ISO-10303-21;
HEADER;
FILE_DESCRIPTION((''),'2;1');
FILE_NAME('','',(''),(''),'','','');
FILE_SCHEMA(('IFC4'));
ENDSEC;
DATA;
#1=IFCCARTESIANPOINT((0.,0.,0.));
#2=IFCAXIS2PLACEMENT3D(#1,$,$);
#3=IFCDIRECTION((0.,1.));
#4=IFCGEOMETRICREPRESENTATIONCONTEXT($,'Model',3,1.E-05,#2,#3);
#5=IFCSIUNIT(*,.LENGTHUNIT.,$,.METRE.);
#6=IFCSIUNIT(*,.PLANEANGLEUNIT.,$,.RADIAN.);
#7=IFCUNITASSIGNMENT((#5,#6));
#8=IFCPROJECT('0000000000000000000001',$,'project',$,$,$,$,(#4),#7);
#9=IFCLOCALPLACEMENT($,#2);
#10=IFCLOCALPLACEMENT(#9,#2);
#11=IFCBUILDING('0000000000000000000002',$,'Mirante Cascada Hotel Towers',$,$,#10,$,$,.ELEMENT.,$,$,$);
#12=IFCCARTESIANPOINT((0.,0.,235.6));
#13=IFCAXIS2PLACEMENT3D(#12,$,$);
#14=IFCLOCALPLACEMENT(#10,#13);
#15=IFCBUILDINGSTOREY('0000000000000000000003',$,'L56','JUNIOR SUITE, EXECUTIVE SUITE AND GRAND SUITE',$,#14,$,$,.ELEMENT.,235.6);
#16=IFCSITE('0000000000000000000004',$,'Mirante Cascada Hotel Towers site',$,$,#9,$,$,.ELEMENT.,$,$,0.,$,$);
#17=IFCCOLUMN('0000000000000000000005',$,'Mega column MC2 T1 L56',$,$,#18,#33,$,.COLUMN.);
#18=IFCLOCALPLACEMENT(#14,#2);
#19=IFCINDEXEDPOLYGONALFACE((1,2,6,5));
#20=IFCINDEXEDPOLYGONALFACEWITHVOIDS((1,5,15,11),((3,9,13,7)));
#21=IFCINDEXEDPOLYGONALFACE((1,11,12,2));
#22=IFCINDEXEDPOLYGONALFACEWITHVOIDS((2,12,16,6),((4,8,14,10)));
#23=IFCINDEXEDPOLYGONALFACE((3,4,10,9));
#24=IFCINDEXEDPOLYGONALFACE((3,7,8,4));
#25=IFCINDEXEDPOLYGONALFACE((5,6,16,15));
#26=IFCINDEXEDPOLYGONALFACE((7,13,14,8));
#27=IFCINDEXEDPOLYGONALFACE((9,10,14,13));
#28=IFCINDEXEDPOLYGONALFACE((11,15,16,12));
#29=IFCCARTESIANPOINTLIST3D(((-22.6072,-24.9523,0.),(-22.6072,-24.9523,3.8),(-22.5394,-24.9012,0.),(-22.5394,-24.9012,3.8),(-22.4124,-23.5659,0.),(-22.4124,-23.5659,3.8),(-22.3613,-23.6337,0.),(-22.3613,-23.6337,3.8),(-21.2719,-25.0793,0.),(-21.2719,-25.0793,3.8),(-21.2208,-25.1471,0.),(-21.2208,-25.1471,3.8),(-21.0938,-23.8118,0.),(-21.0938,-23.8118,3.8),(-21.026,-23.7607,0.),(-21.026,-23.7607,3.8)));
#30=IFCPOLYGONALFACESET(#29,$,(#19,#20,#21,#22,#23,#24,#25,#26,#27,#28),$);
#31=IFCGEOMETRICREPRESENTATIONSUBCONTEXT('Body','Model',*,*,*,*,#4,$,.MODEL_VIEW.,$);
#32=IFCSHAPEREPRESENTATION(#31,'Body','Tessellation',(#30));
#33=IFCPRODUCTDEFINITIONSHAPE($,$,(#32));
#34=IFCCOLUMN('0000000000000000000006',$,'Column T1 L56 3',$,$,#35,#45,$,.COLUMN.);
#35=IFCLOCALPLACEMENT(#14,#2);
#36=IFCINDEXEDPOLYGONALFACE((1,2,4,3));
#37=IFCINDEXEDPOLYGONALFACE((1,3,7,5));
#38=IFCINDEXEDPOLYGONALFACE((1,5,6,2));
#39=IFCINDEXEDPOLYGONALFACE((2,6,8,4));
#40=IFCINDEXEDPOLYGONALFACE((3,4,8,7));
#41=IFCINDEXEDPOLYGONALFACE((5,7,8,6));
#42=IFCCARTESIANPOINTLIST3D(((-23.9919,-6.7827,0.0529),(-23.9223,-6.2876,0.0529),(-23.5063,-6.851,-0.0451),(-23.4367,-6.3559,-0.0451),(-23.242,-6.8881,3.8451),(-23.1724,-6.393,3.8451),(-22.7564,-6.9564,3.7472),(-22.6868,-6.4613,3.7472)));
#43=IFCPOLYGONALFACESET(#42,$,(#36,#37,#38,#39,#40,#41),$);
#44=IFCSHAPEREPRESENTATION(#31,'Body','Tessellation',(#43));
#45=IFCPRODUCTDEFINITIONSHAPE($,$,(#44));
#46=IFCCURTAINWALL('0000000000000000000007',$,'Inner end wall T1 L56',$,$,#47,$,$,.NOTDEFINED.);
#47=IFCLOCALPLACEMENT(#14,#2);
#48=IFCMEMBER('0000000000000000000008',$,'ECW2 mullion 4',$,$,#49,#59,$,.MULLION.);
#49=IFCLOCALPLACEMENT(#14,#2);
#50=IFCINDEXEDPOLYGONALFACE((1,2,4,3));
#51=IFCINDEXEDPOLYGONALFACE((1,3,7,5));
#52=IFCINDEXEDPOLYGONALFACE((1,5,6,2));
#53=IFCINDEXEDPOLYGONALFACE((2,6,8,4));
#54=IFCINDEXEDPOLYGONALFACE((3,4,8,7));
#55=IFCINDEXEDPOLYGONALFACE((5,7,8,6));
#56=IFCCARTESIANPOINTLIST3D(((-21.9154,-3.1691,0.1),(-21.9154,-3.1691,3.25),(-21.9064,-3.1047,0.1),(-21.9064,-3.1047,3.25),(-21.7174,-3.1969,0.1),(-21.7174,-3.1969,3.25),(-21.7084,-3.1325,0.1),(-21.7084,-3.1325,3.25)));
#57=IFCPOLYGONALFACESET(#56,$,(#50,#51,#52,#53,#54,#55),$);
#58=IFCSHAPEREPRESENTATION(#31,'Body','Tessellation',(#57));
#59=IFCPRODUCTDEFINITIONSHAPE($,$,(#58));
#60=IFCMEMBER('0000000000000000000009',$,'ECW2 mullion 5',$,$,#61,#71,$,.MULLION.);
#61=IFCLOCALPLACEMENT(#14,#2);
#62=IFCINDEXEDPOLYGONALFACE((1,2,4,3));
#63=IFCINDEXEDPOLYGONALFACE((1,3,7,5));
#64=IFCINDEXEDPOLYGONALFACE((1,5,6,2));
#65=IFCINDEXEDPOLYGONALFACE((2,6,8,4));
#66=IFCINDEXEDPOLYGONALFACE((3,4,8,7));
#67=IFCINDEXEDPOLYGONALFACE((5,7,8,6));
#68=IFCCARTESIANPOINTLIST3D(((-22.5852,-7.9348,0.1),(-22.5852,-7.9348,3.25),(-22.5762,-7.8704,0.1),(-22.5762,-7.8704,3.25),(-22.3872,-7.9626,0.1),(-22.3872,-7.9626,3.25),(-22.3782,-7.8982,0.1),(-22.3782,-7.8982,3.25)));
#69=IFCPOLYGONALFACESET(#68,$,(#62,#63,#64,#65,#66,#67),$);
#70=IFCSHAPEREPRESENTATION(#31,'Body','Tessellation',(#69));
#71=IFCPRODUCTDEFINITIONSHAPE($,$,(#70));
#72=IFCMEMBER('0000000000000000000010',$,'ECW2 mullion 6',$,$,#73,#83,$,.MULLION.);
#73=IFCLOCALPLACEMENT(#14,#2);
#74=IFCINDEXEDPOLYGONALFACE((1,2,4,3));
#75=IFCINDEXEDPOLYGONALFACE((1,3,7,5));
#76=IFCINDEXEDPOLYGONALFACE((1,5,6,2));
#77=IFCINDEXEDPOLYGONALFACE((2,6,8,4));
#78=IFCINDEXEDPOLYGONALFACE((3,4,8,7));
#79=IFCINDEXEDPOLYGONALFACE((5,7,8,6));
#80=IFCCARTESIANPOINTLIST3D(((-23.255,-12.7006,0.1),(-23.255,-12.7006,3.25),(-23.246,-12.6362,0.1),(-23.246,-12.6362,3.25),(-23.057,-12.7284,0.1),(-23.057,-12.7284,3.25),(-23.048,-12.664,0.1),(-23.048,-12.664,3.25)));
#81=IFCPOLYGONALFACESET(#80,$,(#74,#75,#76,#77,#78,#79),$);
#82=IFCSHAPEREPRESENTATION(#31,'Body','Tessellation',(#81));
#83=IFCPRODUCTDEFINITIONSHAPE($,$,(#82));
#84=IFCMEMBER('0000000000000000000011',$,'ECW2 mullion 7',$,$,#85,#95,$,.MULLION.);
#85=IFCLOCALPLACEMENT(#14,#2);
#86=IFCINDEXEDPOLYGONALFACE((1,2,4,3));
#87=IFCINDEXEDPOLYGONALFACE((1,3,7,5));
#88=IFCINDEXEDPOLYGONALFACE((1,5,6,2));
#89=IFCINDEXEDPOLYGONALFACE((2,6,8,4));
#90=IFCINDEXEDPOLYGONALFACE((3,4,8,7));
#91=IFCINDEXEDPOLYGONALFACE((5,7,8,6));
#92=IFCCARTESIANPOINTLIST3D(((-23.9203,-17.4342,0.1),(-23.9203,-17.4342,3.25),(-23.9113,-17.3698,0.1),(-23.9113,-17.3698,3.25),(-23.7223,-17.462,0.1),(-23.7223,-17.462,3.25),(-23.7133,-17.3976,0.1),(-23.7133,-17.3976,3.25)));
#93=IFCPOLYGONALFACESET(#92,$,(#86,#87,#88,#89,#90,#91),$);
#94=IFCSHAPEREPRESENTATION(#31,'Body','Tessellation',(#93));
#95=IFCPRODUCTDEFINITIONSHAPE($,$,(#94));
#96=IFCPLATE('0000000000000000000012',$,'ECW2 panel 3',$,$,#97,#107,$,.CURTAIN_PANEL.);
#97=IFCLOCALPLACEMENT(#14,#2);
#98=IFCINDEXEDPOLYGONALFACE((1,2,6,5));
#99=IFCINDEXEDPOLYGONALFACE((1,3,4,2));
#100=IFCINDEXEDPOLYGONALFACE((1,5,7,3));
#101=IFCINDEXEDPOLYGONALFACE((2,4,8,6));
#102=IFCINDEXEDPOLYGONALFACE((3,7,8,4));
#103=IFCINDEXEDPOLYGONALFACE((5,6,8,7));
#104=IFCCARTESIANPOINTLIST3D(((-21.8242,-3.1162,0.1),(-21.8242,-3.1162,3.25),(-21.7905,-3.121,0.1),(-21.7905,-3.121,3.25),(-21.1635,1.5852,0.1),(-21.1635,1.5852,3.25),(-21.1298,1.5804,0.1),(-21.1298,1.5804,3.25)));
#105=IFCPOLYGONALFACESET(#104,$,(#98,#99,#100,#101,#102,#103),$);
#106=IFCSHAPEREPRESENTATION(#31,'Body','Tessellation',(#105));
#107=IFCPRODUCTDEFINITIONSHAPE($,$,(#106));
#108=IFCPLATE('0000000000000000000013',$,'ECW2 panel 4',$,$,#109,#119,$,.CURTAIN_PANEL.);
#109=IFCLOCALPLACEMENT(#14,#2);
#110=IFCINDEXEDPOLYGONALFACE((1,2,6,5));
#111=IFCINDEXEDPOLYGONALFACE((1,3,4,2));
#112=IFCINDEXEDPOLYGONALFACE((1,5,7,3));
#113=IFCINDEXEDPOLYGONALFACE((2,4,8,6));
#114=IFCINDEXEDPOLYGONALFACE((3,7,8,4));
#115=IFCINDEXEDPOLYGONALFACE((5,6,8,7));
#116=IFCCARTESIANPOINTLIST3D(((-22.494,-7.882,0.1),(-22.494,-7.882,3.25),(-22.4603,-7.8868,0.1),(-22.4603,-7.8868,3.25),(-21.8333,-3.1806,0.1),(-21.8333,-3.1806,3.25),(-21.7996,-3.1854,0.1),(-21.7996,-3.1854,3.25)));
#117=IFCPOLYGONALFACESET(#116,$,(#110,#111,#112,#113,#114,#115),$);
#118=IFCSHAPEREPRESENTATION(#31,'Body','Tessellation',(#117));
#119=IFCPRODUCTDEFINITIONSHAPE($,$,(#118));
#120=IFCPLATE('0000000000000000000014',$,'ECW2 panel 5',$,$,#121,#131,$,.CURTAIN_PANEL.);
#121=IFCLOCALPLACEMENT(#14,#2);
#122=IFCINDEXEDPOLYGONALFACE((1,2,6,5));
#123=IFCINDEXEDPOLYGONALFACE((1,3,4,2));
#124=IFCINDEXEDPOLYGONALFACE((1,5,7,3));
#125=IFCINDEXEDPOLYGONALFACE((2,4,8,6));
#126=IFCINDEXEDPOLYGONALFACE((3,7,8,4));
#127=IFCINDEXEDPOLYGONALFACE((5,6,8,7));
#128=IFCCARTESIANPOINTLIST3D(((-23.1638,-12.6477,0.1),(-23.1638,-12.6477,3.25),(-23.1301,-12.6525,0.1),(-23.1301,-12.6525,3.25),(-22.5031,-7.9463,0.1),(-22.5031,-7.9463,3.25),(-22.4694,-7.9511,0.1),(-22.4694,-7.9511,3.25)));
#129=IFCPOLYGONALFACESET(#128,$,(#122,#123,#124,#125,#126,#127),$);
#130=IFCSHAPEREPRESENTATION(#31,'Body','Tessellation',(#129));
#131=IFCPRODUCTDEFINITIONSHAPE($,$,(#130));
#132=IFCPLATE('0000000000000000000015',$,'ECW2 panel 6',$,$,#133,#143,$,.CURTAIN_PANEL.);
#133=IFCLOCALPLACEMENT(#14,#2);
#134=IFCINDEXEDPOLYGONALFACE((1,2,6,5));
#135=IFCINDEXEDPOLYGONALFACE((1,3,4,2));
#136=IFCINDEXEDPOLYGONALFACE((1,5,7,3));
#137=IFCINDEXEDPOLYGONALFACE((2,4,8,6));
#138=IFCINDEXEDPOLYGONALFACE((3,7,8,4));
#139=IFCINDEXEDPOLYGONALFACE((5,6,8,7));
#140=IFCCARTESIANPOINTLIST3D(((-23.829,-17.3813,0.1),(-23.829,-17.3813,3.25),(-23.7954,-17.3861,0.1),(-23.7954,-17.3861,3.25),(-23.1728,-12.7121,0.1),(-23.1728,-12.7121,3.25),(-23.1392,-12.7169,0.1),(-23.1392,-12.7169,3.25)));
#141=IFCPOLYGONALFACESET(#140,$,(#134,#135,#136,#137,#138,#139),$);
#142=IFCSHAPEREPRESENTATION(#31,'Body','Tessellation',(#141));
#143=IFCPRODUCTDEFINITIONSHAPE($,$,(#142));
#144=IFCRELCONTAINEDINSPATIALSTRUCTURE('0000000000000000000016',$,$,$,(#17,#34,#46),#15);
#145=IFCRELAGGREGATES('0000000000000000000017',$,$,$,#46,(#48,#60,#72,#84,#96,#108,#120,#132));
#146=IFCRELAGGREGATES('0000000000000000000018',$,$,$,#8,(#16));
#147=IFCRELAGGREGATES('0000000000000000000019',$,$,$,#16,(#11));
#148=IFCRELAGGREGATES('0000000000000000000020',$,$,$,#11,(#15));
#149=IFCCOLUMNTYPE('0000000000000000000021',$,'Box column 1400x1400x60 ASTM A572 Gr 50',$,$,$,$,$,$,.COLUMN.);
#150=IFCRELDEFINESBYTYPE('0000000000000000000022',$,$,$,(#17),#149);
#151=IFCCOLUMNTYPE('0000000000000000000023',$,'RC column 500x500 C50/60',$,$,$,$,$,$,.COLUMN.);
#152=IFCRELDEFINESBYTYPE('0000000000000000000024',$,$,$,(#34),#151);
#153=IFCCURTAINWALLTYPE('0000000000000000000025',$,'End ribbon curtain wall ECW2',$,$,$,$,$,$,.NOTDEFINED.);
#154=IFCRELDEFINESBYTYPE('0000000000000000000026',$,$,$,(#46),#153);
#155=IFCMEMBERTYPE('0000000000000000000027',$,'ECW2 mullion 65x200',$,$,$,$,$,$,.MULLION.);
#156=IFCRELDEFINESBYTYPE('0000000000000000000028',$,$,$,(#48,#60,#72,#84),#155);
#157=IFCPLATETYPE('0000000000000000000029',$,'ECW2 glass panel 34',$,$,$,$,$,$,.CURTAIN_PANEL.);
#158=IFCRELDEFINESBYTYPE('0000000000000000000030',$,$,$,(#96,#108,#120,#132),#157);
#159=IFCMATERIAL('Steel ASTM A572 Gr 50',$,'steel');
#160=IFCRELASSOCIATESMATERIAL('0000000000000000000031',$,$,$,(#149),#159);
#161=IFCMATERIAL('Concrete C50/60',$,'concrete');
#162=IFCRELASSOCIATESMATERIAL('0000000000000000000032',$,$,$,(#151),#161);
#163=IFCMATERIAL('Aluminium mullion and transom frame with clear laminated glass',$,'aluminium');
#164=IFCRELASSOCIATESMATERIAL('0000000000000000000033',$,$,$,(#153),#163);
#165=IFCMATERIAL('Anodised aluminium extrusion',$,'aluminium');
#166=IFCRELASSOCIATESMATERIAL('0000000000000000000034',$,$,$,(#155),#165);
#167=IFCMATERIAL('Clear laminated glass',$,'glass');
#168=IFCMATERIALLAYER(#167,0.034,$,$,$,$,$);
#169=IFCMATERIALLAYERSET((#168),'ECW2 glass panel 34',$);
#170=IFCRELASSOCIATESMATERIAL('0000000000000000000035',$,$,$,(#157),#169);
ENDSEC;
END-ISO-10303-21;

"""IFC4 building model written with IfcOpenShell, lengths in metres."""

from ifc_helpers import new_model, si_unit, direction, frame, origin, origin_2d, place, context, subcontext, project, spatial, rectangle, hollow_rectangle, extrude, material, layer, layer_set, material_profile, profile_set, type_object, element, aggregate, save


model = new_model("IFC4")

# Units and contexts
model_context = context("Model", 3, precision=1e-05, world=origin(), true_north=direction((0.0, 1.0)))
body_context = subcontext(model_context, "Body", "Model", "MODEL_VIEW")
ifc_project = project(units=[si_unit("LENGTHUNIT", "METRE"), si_unit("PLANEANGLEUNIT", "RADIAN")], contexts=[model_context])

# Site, building, storey
site_placement = place(None, origin())
site = spatial("IfcSite", under=ifc_project, at=site_placement, Name="Mirante Cascada Hotel Towers site", CompositionType="ELEMENT", RefElevation=0.0)
building_placement = place(site_placement, origin())
building = spatial("IfcBuilding", under=site, at=building_placement, Name="Mirante Cascada Hotel Towers", CompositionType="ELEMENT")
storey_placement = place(building_placement, frame((0.0, 0.0, 235.6)))
storey = spatial("IfcBuildingStorey", under=building, at=storey_placement, Name="L56", Description="JUNIOR SUITE, EXECUTIVE SUITE AND GRAND SUITE", CompositionType="ELEMENT", Elevation=235.6)

# Columns
ifc_material_1 = material(Name="Steel ASTM A572 Gr 50", Category="steel")
ifc_material_profile_1 = material_profile(ifc_material_1, hollow_rectangle(XDim=1.4, YDim=1.4, WallThickness=0.06, at=origin_2d()), Name="Box column 1400x1400x60 ASTM A572 Gr 50")
ifc_profile_set_1 = profile_set([ifc_material_profile_1], Name="Steel ASTM A572 Gr 50")
column_type_1 = type_object("IfcColumnType", Name="Box column 1400x1400x60 ASTM A572 Gr 50", PredefinedType="COLUMN", material=ifc_profile_set_1)
column_1_placement = place(storey_placement, frame((-21.8166, -24.3565, 0.0), z_axis=(0.0, 0.0, 1.0), x_axis=(-0.990268, 0.139173, 0.0)))
element("IfcColumn", 1, at=column_1_placement, inside=storey, type_object=column_type_1, Name="Mega column MC2 T1 L56", PredefinedType="COLUMN", context=body_context, shape_type="SweptSolid", body=[
    extrude(hollow_rectangle(XDim=1.4, YDim=1.4, WallThickness=0.06, at=origin_2d()), origin(), (0.0, 0.0, 1.0), 3.8),
])
ifc_material_2 = material(Name="Concrete C50/60", Category="concrete")
ifc_material_profile_2 = material_profile(ifc_material_2, rectangle(XDim=0.5, YDim=0.5, at=origin_2d()), Name="RC column 500x500 C50/60")
ifc_profile_set_2 = profile_set([ifc_material_profile_2], Name="Concrete C50/60")
column_type_2 = type_object("IfcColumnType", Name="RC column 500x500 C50/60", PredefinedType="COLUMN", material=ifc_profile_set_2)
column_2_placement = place(storey_placement, frame((-23.7143, -6.5693, 0.0039), z_axis=(0.193919, -0.027256, 0.980639), x_axis=(0.139184, 0.990267, 0.0)))
element("IfcColumn", 2, at=column_2_placement, inside=storey, type_object=column_type_2, Name="Column T1 L56 3", PredefinedType="COLUMN", context=body_context, shape_type="SweptSolid", body=[
    extrude(rectangle(XDim=0.5, YDim=0.5, at=origin_2d()), origin(), (0.0, 0.0, 1.0), 3.8671),
])

# Curtain wall, members, plates
ifc_material_3 = material(Name="Aluminium mullion and transom frame with clear laminated glass", Category="aluminium")
curtain_wall_type = type_object("IfcCurtainWallType", Name="End ribbon curtain wall ECW2", PredefinedType="NOTDEFINED", material=ifc_material_3)
curtain_wall_placement = place(storey_placement, origin())
curtain_wall = element("IfcCurtainWall", 3, at=curtain_wall_placement, inside=storey, type_object=curtain_wall_type, Name="Inner end wall T1 L56", PredefinedType="NOTDEFINED")
ifc_material_4 = material(Name="Anodised aluminium extrusion", Category="aluminium")
ifc_material_profile_3 = material_profile(ifc_material_4, rectangle(XDim=0.2, YDim=0.065, at=origin_2d()), Name="ECW2 MULLION 65x200")
ifc_profile_set_3 = profile_set([ifc_material_profile_3], Name="Anodised aluminium extrusion")
member_type = type_object("IfcMemberType", Name="ECW2 mullion 65x200", PredefinedType="MULLION", material=ifc_profile_set_3)
member_1_placement = place(storey_placement, frame((-21.8119, -3.1508, 0.1), z_axis=(0.0, 0.0, 1.0), x_axis=(0.990268, -0.139173, 0.0)))
member_1 = element("IfcMember", 4, at=member_1_placement, type_object=member_type, Name="ECW2 mullion 4", PredefinedType="MULLION", context=body_context, shape_type="SweptSolid", body=[
    extrude(rectangle(XDim=0.2, YDim=0.065, at=origin_2d()), origin(), (0.0, 0.0, 1.0), 3.15),
])
member_2_placement = place(storey_placement, frame((-22.4817, -7.9165, 0.1), z_axis=(0.0, 0.0, 1.0), x_axis=(0.990268, -0.139173, 0.0)))
member_2 = element("IfcMember", 5, at=member_2_placement, type_object=member_type, Name="ECW2 mullion 5", PredefinedType="MULLION", context=body_context, shape_type="SweptSolid", body=[
    extrude(rectangle(XDim=0.2, YDim=0.065, at=origin_2d()), origin(), (0.0, 0.0, 1.0), 3.15),
])
member_3_placement = place(storey_placement, frame((-23.1515, -12.6823, 0.1), z_axis=(0.0, 0.0, 1.0), x_axis=(0.990268, -0.139173, 0.0)))
member_3 = element("IfcMember", 6, at=member_3_placement, type_object=member_type, Name="ECW2 mullion 6", PredefinedType="MULLION", context=body_context, shape_type="SweptSolid", body=[
    extrude(rectangle(XDim=0.2, YDim=0.065, at=origin_2d()), origin(), (0.0, 0.0, 1.0), 3.15),
])
member_4_placement = place(storey_placement, frame((-23.8168, -17.4159, 0.1), z_axis=(0.0, 0.0, 1.0), x_axis=(0.990268, -0.139173, 0.0)))
member_4 = element("IfcMember", 7, at=member_4_placement, type_object=member_type, Name="ECW2 mullion 7", PredefinedType="MULLION", context=body_context, shape_type="SweptSolid", body=[
    extrude(rectangle(XDim=0.2, YDim=0.065, at=origin_2d()), origin(), (0.0, 0.0, 1.0), 3.15),
])
ifc_material_5 = material(Name="Clear laminated glass", Category="glass")
ifc_layer_1 = layer(ifc_material_5, 0.034)
ifc_layer_set_1 = layer_set([ifc_layer_1], Name="ECW2 glass panel 34")
plate_type = type_object("IfcPlateType", Name="ECW2 glass panel 34", PredefinedType="CURTAIN_PANEL", material=ifc_layer_set_1)
plate_1_placement = place(storey_placement, frame((-21.477, -0.7679, 0.1), z_axis=(0.0, 0.0, 1.0), x_axis=(-0.139173, -0.990268, 0.0)))
plate_1 = element("IfcPlate", 8, at=plate_1_placement, type_object=plate_type, Name="ECW2 panel 3", PredefinedType="CURTAIN_PANEL", context=body_context, shape_type="SweptSolid", body=[
    extrude(rectangle(XDim=4.7476, YDim=0.034, at=origin_2d()), origin(), (0.0, 0.0, 1.0), 3.15),
])
plate_2_placement = place(storey_placement, frame((-22.1468, -5.5337, 0.1), z_axis=(0.0, 0.0, 1.0), x_axis=(-0.139173, -0.990268, 0.0)))
plate_2 = element("IfcPlate", 9, at=plate_2_placement, type_object=plate_type, Name="ECW2 panel 4", PredefinedType="CURTAIN_PANEL", context=body_context, shape_type="SweptSolid", body=[
    extrude(rectangle(XDim=4.7476, YDim=0.034, at=origin_2d()), origin(), (0.0, 0.0, 1.0), 3.15),
])
plate_3_placement = place(storey_placement, frame((-22.8166, -10.2994, 0.1), z_axis=(0.0, 0.0, 1.0), x_axis=(-0.139173, -0.990268, 0.0)))
plate_3 = element("IfcPlate", 10, at=plate_3_placement, type_object=plate_type, Name="ECW2 panel 5", PredefinedType="CURTAIN_PANEL", context=body_context, shape_type="SweptSolid", body=[
    extrude(rectangle(XDim=4.7476, YDim=0.034, at=origin_2d()), origin(), (0.0, 0.0, 1.0), 3.15),
])
plate_4_placement = place(storey_placement, frame((-23.4841, -15.0491, 0.1), z_axis=(0.0, 0.0, 1.0), x_axis=(-0.139173, -0.990268, 0.0)))
plate_4 = element("IfcPlate", 11, at=plate_4_placement, type_object=plate_type, Name="ECW2 panel 6", PredefinedType="CURTAIN_PANEL", context=body_context, shape_type="SweptSolid", body=[
    extrude(rectangle(XDim=4.7151, YDim=0.034, at=origin_2d()), origin(), (0.0, 0.0, 1.0), 3.15),
])
aggregate(curtain_wall, [member_1, member_2, member_3, member_4, plate_1, plate_2, plate_3, plate_4])

save(model, "model.ifc")
